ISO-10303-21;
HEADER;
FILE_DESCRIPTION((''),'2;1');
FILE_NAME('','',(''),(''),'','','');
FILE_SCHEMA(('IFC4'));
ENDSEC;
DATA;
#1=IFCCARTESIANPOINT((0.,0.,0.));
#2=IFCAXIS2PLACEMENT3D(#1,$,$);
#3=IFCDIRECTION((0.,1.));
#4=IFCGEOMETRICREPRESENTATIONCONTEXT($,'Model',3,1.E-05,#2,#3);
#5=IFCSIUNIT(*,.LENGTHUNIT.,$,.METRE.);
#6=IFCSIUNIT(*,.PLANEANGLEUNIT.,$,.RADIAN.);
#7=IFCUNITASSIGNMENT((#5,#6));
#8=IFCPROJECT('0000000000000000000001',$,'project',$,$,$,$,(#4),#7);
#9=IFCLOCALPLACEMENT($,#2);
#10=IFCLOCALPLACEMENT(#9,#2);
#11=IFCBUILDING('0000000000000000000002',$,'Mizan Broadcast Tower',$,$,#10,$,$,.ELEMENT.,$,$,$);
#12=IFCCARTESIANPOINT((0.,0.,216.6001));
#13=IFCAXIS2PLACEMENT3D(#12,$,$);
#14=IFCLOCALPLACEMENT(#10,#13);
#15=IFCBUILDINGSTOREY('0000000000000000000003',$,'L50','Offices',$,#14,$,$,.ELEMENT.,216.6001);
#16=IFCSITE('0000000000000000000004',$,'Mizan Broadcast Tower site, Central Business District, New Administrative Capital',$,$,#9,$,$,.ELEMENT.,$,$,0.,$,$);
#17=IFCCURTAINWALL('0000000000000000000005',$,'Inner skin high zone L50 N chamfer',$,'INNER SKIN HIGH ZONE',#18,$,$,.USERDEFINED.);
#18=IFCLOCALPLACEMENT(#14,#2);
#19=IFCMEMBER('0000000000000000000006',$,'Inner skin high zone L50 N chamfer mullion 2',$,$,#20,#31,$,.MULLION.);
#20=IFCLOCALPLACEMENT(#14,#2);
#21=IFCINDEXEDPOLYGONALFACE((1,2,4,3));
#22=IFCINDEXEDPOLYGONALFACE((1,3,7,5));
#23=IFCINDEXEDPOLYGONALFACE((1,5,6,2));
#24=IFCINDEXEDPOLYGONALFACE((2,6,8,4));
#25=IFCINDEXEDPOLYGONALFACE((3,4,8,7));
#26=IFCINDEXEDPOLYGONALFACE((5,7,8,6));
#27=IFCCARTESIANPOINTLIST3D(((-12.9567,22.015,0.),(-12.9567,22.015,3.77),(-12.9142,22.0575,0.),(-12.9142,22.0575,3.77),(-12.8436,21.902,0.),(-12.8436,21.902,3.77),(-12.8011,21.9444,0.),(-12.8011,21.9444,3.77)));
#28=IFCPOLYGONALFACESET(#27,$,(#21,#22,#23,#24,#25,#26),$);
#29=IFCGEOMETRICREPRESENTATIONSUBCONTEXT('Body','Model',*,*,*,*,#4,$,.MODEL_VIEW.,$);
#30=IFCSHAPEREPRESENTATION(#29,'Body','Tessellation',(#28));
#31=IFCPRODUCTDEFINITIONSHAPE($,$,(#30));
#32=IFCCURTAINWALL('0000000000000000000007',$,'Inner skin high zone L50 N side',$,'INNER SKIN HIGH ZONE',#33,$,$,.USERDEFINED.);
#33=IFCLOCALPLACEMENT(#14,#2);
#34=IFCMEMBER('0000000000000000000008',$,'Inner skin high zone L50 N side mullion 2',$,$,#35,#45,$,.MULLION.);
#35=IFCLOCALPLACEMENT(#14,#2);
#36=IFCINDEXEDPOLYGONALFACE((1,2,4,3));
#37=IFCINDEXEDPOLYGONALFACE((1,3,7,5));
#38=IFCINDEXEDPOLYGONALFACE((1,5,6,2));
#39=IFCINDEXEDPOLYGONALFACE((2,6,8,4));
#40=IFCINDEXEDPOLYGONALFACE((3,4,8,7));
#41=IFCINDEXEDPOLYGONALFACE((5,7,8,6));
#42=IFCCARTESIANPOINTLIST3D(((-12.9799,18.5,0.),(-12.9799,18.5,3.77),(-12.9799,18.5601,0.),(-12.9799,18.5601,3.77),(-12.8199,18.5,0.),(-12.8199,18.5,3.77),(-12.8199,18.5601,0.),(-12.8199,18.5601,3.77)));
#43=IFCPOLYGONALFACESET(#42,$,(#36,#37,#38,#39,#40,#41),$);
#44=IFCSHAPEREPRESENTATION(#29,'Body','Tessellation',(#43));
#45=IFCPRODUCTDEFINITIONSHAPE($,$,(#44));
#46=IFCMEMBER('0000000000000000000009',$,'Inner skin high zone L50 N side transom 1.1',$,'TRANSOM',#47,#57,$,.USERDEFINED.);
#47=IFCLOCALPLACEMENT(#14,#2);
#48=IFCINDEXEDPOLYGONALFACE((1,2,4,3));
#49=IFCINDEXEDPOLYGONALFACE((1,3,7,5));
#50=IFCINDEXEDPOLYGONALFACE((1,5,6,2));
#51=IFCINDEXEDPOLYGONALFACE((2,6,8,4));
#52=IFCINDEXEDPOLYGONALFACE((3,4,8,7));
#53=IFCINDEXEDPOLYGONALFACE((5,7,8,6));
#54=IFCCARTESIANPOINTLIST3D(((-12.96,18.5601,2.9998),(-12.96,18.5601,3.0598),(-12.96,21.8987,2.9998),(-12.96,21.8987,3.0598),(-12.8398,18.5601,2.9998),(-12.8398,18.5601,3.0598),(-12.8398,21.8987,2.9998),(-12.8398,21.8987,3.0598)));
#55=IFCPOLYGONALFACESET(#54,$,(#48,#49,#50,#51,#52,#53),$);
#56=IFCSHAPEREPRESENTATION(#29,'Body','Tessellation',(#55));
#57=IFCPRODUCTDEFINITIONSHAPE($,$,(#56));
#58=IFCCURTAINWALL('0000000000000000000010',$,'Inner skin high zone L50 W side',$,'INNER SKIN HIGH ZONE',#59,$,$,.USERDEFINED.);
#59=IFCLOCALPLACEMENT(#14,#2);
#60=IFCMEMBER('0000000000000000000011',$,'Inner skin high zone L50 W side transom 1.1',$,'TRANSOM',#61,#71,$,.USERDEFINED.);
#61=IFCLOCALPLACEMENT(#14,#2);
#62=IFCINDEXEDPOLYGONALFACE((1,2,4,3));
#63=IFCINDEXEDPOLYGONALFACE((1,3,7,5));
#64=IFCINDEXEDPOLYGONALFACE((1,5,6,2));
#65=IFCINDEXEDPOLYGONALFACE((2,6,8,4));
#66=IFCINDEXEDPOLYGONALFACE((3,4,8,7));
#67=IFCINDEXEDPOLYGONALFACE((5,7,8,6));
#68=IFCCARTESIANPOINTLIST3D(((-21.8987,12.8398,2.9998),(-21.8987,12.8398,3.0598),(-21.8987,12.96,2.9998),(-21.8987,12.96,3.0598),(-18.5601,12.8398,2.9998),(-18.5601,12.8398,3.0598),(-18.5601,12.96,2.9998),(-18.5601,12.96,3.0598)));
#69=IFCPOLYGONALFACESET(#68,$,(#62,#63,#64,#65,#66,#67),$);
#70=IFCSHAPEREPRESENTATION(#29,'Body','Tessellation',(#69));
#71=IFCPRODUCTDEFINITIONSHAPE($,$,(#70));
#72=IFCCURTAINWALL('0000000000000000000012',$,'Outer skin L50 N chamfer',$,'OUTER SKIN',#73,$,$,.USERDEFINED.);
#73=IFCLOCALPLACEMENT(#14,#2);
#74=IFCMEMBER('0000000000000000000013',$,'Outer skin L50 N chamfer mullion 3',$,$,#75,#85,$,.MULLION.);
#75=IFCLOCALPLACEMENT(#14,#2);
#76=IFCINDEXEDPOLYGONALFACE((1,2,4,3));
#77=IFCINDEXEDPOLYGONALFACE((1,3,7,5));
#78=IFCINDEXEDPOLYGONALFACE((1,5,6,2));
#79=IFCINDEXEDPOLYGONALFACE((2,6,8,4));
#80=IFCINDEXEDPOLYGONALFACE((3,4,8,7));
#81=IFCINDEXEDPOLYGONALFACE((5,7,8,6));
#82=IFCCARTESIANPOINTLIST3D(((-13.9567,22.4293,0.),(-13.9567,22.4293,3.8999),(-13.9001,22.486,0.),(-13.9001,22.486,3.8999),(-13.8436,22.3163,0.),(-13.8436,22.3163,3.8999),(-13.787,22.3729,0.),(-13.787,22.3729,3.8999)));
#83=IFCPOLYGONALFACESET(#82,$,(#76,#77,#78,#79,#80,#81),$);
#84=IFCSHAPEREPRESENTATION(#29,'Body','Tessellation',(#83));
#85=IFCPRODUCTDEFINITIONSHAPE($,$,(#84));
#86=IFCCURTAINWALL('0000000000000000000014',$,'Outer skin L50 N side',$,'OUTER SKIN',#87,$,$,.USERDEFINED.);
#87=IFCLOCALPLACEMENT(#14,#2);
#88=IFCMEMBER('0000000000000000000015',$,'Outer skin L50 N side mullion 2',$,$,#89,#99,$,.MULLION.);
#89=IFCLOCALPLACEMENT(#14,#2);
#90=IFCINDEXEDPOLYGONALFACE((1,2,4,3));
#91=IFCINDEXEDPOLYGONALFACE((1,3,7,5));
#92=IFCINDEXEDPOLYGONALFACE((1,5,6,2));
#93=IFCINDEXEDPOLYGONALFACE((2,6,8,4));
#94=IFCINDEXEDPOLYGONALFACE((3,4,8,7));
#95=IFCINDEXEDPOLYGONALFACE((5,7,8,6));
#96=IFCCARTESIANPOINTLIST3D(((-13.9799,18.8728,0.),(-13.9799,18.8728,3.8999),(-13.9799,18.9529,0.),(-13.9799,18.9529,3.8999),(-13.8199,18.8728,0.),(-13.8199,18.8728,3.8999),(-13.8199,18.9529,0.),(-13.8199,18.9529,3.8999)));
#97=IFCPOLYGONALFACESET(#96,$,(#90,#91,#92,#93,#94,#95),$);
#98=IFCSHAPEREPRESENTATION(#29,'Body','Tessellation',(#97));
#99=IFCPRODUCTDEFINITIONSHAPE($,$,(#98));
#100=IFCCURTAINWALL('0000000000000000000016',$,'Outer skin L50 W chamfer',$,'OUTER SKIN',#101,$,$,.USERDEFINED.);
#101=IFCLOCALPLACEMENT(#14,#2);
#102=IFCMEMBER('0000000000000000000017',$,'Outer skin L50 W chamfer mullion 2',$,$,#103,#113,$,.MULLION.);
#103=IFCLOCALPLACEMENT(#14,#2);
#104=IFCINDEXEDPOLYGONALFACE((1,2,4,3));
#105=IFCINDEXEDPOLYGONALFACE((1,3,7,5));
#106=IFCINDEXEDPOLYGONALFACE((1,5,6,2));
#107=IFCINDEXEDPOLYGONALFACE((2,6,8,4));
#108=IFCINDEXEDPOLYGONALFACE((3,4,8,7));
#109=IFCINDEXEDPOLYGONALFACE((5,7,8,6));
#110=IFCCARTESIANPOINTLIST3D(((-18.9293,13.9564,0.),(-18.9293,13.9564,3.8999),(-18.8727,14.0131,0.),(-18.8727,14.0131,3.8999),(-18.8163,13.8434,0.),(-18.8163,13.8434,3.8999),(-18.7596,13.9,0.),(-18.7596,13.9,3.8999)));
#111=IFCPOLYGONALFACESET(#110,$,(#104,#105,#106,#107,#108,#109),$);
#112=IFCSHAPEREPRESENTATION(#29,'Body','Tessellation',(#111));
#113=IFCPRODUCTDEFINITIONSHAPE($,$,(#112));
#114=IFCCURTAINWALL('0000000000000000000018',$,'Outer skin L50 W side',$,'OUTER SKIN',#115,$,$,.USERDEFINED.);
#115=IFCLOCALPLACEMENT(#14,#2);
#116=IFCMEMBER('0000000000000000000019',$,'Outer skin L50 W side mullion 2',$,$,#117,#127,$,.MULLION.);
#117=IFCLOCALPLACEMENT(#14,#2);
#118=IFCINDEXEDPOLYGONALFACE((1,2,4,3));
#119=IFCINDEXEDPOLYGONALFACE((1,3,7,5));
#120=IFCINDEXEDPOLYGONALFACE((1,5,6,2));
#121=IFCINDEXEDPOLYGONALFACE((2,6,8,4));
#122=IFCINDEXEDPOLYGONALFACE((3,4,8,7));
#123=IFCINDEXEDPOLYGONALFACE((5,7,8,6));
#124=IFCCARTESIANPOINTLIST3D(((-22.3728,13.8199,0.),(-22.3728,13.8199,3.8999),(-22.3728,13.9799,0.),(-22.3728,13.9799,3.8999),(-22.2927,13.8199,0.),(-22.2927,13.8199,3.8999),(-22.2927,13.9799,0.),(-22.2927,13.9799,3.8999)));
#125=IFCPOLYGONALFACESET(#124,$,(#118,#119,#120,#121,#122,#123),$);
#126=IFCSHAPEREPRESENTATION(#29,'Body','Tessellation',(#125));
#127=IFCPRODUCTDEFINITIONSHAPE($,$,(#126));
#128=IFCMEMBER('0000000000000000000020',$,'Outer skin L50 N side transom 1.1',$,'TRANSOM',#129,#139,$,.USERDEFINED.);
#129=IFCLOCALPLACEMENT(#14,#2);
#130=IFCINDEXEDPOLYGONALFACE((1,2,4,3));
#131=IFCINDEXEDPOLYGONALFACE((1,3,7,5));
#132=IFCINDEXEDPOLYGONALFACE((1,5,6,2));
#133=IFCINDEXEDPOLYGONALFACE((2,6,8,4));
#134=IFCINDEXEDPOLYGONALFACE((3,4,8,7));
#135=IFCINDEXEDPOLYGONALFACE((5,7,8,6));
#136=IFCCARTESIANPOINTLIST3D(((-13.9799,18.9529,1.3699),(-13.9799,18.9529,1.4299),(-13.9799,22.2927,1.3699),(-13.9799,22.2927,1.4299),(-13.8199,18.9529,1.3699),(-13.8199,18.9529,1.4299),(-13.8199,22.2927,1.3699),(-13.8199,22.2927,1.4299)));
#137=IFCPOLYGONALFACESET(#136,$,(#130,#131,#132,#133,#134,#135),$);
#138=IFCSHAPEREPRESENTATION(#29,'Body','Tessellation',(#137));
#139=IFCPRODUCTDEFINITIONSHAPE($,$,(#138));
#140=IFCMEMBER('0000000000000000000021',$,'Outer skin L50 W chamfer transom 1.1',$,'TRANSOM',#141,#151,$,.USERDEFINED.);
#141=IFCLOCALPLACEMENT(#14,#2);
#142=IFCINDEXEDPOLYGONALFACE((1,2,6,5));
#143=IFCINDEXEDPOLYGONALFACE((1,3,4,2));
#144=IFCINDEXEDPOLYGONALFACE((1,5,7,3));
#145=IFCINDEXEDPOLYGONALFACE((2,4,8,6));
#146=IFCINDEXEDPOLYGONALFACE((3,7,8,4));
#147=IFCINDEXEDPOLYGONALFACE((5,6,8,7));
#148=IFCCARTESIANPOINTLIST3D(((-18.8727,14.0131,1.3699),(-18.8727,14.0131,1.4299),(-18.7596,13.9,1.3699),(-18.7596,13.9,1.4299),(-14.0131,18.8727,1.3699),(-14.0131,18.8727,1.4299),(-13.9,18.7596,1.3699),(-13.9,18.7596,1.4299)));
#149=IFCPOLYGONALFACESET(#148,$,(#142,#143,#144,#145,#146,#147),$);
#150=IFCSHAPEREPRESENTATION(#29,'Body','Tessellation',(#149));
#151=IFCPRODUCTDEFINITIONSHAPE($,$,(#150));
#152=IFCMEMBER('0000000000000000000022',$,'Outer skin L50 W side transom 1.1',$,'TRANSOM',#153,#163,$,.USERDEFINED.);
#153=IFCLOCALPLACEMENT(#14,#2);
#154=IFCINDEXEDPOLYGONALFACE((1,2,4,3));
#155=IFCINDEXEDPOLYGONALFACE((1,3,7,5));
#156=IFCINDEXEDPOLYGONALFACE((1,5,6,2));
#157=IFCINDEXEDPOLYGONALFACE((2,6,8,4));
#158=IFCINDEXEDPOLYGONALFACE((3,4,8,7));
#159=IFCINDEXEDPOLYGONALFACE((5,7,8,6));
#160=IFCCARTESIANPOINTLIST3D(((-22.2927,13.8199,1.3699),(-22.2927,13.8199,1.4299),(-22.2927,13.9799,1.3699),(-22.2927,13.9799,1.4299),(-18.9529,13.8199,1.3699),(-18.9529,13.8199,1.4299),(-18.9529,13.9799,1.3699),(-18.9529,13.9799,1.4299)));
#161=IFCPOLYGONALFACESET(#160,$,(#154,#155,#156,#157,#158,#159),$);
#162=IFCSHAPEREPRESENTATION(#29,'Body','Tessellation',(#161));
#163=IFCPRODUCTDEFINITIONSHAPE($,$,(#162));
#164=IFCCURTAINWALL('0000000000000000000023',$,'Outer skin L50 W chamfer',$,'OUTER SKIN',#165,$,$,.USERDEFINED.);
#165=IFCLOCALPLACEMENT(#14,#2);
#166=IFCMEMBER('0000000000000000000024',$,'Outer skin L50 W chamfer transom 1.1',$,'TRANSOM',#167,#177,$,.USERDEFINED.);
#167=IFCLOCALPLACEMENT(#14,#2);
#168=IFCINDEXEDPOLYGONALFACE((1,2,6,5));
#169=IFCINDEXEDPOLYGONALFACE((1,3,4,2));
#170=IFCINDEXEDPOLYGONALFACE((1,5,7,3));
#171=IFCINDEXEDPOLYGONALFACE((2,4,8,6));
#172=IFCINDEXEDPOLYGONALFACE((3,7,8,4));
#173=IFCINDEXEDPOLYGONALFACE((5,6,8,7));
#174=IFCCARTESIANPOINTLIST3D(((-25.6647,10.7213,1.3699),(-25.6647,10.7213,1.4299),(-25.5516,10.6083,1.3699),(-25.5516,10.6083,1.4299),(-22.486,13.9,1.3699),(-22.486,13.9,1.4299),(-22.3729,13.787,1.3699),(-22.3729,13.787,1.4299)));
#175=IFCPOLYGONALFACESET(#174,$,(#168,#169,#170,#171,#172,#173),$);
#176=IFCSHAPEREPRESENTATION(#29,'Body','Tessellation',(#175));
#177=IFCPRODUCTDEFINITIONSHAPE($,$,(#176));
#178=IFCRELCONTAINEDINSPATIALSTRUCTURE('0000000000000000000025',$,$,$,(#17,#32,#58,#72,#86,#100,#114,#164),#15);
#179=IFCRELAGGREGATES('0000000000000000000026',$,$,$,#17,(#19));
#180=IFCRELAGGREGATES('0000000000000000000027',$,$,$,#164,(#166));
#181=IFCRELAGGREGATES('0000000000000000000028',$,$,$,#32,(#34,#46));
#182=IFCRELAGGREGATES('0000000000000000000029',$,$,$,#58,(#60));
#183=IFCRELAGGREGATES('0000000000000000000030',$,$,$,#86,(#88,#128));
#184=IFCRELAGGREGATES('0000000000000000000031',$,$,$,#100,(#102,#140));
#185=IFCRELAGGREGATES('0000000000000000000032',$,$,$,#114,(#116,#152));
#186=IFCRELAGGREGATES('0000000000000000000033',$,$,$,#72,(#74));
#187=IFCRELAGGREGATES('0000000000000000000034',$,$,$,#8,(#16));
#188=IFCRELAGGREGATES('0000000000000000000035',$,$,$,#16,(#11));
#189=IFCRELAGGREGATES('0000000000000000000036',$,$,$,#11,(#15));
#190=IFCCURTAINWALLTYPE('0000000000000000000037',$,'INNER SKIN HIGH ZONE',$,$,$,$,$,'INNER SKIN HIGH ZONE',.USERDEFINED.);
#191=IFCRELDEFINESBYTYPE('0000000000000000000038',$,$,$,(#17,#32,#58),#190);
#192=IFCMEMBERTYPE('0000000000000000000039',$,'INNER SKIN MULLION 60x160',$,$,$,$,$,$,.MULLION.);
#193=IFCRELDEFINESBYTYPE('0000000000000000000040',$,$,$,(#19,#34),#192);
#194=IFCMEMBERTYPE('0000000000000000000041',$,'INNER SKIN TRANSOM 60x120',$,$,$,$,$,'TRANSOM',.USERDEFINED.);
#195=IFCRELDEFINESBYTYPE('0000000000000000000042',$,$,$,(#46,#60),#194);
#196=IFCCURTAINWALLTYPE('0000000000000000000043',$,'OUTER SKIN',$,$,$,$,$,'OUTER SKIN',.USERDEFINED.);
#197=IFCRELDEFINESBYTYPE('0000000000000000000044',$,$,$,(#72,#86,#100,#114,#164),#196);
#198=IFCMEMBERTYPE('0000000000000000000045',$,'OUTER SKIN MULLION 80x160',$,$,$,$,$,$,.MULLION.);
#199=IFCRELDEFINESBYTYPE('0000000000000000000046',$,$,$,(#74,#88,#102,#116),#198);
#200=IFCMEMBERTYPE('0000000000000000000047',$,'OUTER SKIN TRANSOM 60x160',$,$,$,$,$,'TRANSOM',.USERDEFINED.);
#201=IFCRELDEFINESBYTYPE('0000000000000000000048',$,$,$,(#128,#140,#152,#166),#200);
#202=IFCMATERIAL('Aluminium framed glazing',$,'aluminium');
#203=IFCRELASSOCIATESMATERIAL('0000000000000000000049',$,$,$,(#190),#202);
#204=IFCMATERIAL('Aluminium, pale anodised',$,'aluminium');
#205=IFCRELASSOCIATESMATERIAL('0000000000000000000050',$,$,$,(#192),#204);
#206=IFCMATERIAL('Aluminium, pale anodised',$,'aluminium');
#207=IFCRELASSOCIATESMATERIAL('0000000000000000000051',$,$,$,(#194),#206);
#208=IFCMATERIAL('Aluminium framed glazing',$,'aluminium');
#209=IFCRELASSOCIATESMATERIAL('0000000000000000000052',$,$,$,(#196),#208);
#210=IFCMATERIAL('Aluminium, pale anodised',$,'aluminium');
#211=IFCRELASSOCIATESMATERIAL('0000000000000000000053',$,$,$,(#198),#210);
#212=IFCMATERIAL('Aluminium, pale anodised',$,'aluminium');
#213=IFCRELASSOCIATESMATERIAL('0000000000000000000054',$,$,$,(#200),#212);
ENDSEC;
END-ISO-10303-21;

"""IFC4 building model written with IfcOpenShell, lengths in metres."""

from ifc_helpers import new_model, si_unit, direction, frame, origin, origin_2d, place, context, subcontext, project, spatial, rectangle, extrude, material, material_profile, profile_set, type_object, element, aggregate, save


model = new_model("IFC4")

# Units and contexts
model_context = context("Model", 3, precision=1e-05, world=origin(), true_north=direction((0.0, 1.0)))
body_context = subcontext(model_context, "Body", "Model", "MODEL_VIEW")
ifc_project = project(units=[si_unit("LENGTHUNIT", "METRE"), si_unit("PLANEANGLEUNIT", "RADIAN")], contexts=[model_context])

# Site, building, storey
site_placement = place(None, origin())
site = spatial("IfcSite", under=ifc_project, at=site_placement, Name="Mizan Broadcast Tower site, Central Business District, New Administrative Capital", CompositionType="ELEMENT", RefElevation=0.0)
building_placement = place(site_placement, origin())
building = spatial("IfcBuilding", under=site, at=building_placement, Name="Mizan Broadcast Tower", CompositionType="ELEMENT")
storey_placement = place(building_placement, frame((0.0, 0.0, 216.6001)))
storey = spatial("IfcBuildingStorey", under=building, at=storey_placement, Name="L50", Description="Offices", CompositionType="ELEMENT", Elevation=216.6001)

# Curtain wall, member
ifc_material_1 = material(Name="Aluminium framed glazing", Category="aluminium")
curtain_wall_type_1 = type_object("IfcCurtainWallType", Name="INNER SKIN HIGH ZONE", ElementType="INNER SKIN HIGH ZONE", PredefinedType="USERDEFINED", material=ifc_material_1)
curtain_wall_1_placement = place(storey_placement, origin())
curtain_wall_1 = element("IfcCurtainWall", 1, at=curtain_wall_1_placement, inside=storey, type_object=curtain_wall_type_1, Name="Inner skin high zone L50 N chamfer", ObjectType="INNER SKIN HIGH ZONE", PredefinedType="USERDEFINED")
ifc_material_2 = material(Name="Aluminium, pale anodised", Category="aluminium")
ifc_material_profile_1 = material_profile(ifc_material_2, rectangle(XDim=0.1599, YDim=0.0601, at=origin_2d()), Name="MULLION 160x60")
ifc_profile_set_1 = profile_set([ifc_material_profile_1], Name="Aluminium, pale anodised")
member_type_1 = type_object("IfcMemberType", Name="INNER SKIN MULLION 60x160", PredefinedType="MULLION", material=ifc_profile_set_1)
member_1_placement = place(storey_placement, frame((-12.8789, 21.9797, 0.0), z_axis=(0.0, 0.0, 1.0), x_axis=(0.707107, -0.707107, 0.0)))
member_1 = element("IfcMember", 2, at=member_1_placement, type_object=member_type_1, Name="Inner skin high zone L50 N chamfer mullion 2", PredefinedType="MULLION", context=body_context, shape_type="SweptSolid", body=[
    extrude(rectangle(XDim=0.1599, YDim=0.0601, at=origin_2d()), origin(), (0.0, 0.0, 1.0), 3.77),
])
aggregate(curtain_wall_1, [member_1])

# Curtain wall, members
curtain_wall_2_placement = place(storey_placement, origin())
curtain_wall_2 = element("IfcCurtainWall", 3, at=curtain_wall_2_placement, inside=storey, type_object=curtain_wall_type_1, Name="Inner skin high zone L50 N side", ObjectType="INNER SKIN HIGH ZONE", PredefinedType="USERDEFINED")
member_2_placement = place(storey_placement, frame((-12.8999, 18.53, 0.0), z_axis=(0.0, 0.0, 1.0), x_axis=(1.0, 0.0, 0.0)))
member_2 = element("IfcMember", 4, at=member_2_placement, type_object=member_type_1, Name="Inner skin high zone L50 N side mullion 2", PredefinedType="MULLION", context=body_context, shape_type="SweptSolid", body=[
    extrude(rectangle(XDim=0.1599, YDim=0.0601, at=origin_2d()), origin(), (0.0, 0.0, 1.0), 3.77),
])
ifc_material_3 = material(Name="Aluminium, pale anodised", Category="aluminium")
ifc_material_profile_2 = material_profile(ifc_material_3, rectangle(XDim=0.1201, YDim=0.0601, at=origin_2d()), Name="TRANSOM 120x60")
ifc_profile_set_2 = profile_set([ifc_material_profile_2], Name="Aluminium, pale anodised")
member_type_2 = type_object("IfcMemberType", Name="INNER SKIN TRANSOM 60x120", ElementType="TRANSOM", PredefinedType="USERDEFINED", material=ifc_profile_set_2)
member_3_placement = place(storey_placement, frame((-12.8999, 21.8987, 3.0298), z_axis=(0.0, -1.0, 0.0), x_axis=(1.0, 0.0, 0.0)))
member_3 = element("IfcMember", 5, at=member_3_placement, type_object=member_type_2, Name="Inner skin high zone L50 N side transom 1.1", ObjectType="TRANSOM", PredefinedType="USERDEFINED", context=body_context, shape_type="SweptSolid", body=[
    extrude(rectangle(XDim=0.1201, YDim=0.0601, at=origin_2d()), origin(), (0.0, 0.0, 1.0), 3.3386),
])

# Curtain walls, members
curtain_wall_3_placement = place(storey_placement, origin())
curtain_wall_3 = element("IfcCurtainWall", 6, at=curtain_wall_3_placement, inside=storey, type_object=curtain_wall_type_1, Name="Inner skin high zone L50 W side", ObjectType="INNER SKIN HIGH ZONE", PredefinedType="USERDEFINED")
member_4_placement = place(storey_placement, frame((-18.5601, 12.8999, 3.0298), z_axis=(-1.0, 0.0, 0.0), x_axis=(0.0, -1.0, 0.0)))
member_4 = element("IfcMember", 7, at=member_4_placement, type_object=member_type_2, Name="Inner skin high zone L50 W side transom 1.1", ObjectType="TRANSOM", PredefinedType="USERDEFINED", context=body_context, shape_type="SweptSolid", body=[
    extrude(rectangle(XDim=0.1201, YDim=0.0601, at=origin_2d()), origin(), (0.0, 0.0, 1.0), 3.3386),
])
ifc_material_4 = material(Name="Aluminium framed glazing", Category="aluminium")
curtain_wall_type_2 = type_object("IfcCurtainWallType", Name="OUTER SKIN", ElementType="OUTER SKIN", PredefinedType="USERDEFINED", material=ifc_material_4)
curtain_wall_4_placement = place(storey_placement, origin())
curtain_wall_4 = element("IfcCurtainWall", 8, at=curtain_wall_4_placement, inside=storey, type_object=curtain_wall_type_2, Name="Outer skin L50 N chamfer", ObjectType="OUTER SKIN", PredefinedType="USERDEFINED")
ifc_material_5 = material(Name="Aluminium, pale anodised", Category="aluminium")
ifc_material_profile_3 = material_profile(ifc_material_5, rectangle(XDim=0.1599, YDim=0.0801, at=origin_2d()), Name="MULLION 160x80")
ifc_profile_set_3 = profile_set([ifc_material_profile_3], Name="Aluminium, pale anodised")
member_type_3 = type_object("IfcMemberType", Name="OUTER SKIN MULLION 80x160", PredefinedType="MULLION", material=ifc_profile_set_3)
member_5_placement = place(storey_placement, frame((-13.8718, 22.4011, 0.0), z_axis=(0.0, 0.0, 1.0), x_axis=(0.707107, -0.707107, 0.0)))
member_5 = element("IfcMember", 9, at=member_5_placement, type_object=member_type_3, Name="Outer skin L50 N chamfer mullion 3", PredefinedType="MULLION", context=body_context, shape_type="SweptSolid", body=[
    extrude(rectangle(XDim=0.1599, YDim=0.0801, at=origin_2d()), origin(), (0.0, 0.0, 1.0), 3.8999),
])
curtain_wall_5_placement = place(storey_placement, origin())
curtain_wall_5 = element("IfcCurtainWall", 10, at=curtain_wall_5_placement, inside=storey, type_object=curtain_wall_type_2, Name="Outer skin L50 N side", ObjectType="OUTER SKIN", PredefinedType="USERDEFINED")
member_6_placement = place(storey_placement, frame((-13.8999, 18.9128, 0.0), z_axis=(0.0, 0.0, 1.0), x_axis=(1.0, 0.0, 0.0)))
member_6 = element("IfcMember", 11, at=member_6_placement, type_object=member_type_3, Name="Outer skin L50 N side mullion 2", PredefinedType="MULLION", context=body_context, shape_type="SweptSolid", body=[
    extrude(rectangle(XDim=0.1599, YDim=0.0801, at=origin_2d()), origin(), (0.0, 0.0, 1.0), 3.8999),
])
curtain_wall_6_placement = place(storey_placement, origin())
curtain_wall_6 = element("IfcCurtainWall", 12, at=curtain_wall_6_placement, inside=storey, type_object=curtain_wall_type_2, Name="Outer skin L50 W chamfer", ObjectType="OUTER SKIN", PredefinedType="USERDEFINED")
member_7_placement = place(storey_placement, frame((-18.8445, 13.9282, 0.0), z_axis=(0.0, 0.0, 1.0), x_axis=(0.707107, -0.707107, 0.0)))
member_7 = element("IfcMember", 13, at=member_7_placement, type_object=member_type_3, Name="Outer skin L50 W chamfer mullion 2", PredefinedType="MULLION", context=body_context, shape_type="SweptSolid", body=[
    extrude(rectangle(XDim=0.1599, YDim=0.0801, at=origin_2d()), origin(), (0.0, 0.0, 1.0), 3.8999),
])
curtain_wall_7_placement = place(storey_placement, origin())
curtain_wall_7 = element("IfcCurtainWall", 14, at=curtain_wall_7_placement, inside=storey, type_object=curtain_wall_type_2, Name="Outer skin L50 W side", ObjectType="OUTER SKIN", PredefinedType="USERDEFINED")
member_8_placement = place(storey_placement, frame((-22.3328, 13.8999, 0.0), z_axis=(0.0, 0.0, 1.0), x_axis=(0.0, -1.0, 0.0)))
member_8 = element("IfcMember", 15, at=member_8_placement, type_object=member_type_3, Name="Outer skin L50 W side mullion 2", PredefinedType="MULLION", context=body_context, shape_type="SweptSolid", body=[
    extrude(rectangle(XDim=0.1599, YDim=0.0801, at=origin_2d()), origin(), (0.0, 0.0, 1.0), 3.8999),
])

# Members
ifc_material_6 = material(Name="Aluminium, pale anodised", Category="aluminium")
ifc_material_profile_4 = material_profile(ifc_material_6, rectangle(XDim=0.1599, YDim=0.0601, at=origin_2d()), Name="TRANSOM 160x60")
ifc_profile_set_4 = profile_set([ifc_material_profile_4], Name="Aluminium, pale anodised")
member_type_4 = type_object("IfcMemberType", Name="OUTER SKIN TRANSOM 60x160", ElementType="TRANSOM", PredefinedType="USERDEFINED", material=ifc_profile_set_4)
member_9_placement = place(storey_placement, frame((-13.8999, 22.2927, 1.3999), z_axis=(0.0, -1.0, 0.0), x_axis=(1.0, 0.0, 0.0)))
member_9 = element("IfcMember", 16, at=member_9_placement, type_object=member_type_4, Name="Outer skin L50 N side transom 1.1", ObjectType="TRANSOM", PredefinedType="USERDEFINED", context=body_context, shape_type="SweptSolid", body=[
    extrude(rectangle(XDim=0.1599, YDim=0.0601, at=origin_2d()), origin(), (0.0, 0.0, 1.0), 3.3398),
])
member_10_placement = place(storey_placement, frame((-13.9565, 18.8162, 1.3999), z_axis=(-0.707107, -0.707107, 0.0), x_axis=(0.707107, -0.707107, 0.0)))
member_10 = element("IfcMember", 17, at=member_10_placement, type_object=member_type_4, Name="Outer skin L50 W chamfer transom 1.1", ObjectType="TRANSOM", PredefinedType="USERDEFINED", context=body_context, shape_type="SweptSolid", body=[
    extrude(rectangle(XDim=0.1599, YDim=0.0601, at=origin_2d()), origin(), (0.0, 0.0, 1.0), 6.8726),
])
member_11_placement = place(storey_placement, frame((-18.9529, 13.8999, 1.3999), z_axis=(-1.0, 0.0, 0.0), x_axis=(0.0, -1.0, 0.0)))
member_11 = element("IfcMember", 18, at=member_11_placement, type_object=member_type_4, Name="Outer skin L50 W side transom 1.1", ObjectType="TRANSOM", PredefinedType="USERDEFINED", context=body_context, shape_type="SweptSolid", body=[
    extrude(rectangle(XDim=0.1599, YDim=0.0601, at=origin_2d()), origin(), (0.0, 0.0, 1.0), 3.3398),
])

# Curtain wall, member
curtain_wall_8_placement = place(storey_placement, origin())
curtain_wall_8 = element("IfcCurtainWall", 19, at=curtain_wall_8_placement, inside=storey, type_object=curtain_wall_type_2, Name="Outer skin L50 W chamfer", ObjectType="OUTER SKIN", PredefinedType="USERDEFINED")
member_12_placement = place(storey_placement, frame((-22.4294, 13.8435, 1.3999), z_axis=(-0.707107, -0.707107, 0.0), x_axis=(0.707107, -0.707107, 0.0)))
member_12 = element("IfcMember", 20, at=member_12_placement, type_object=member_type_4, Name="Outer skin L50 W chamfer transom 1.1", ObjectType="TRANSOM", PredefinedType="USERDEFINED", context=body_context, shape_type="SweptSolid", body=[
    extrude(rectangle(XDim=0.1599, YDim=0.0601, at=origin_2d()), origin(), (0.0, 0.0, 1.0), 4.4954),
])
aggregate(curtain_wall_8, [member_12])

aggregate(curtain_wall_2, [member_2, member_3])
aggregate(curtain_wall_3, [member_4])
aggregate(curtain_wall_5, [member_6, member_9])
aggregate(curtain_wall_6, [member_7, member_10])
aggregate(curtain_wall_7, [member_8, member_11])
aggregate(curtain_wall_4, [member_5])

save(model, "model.ifc")
